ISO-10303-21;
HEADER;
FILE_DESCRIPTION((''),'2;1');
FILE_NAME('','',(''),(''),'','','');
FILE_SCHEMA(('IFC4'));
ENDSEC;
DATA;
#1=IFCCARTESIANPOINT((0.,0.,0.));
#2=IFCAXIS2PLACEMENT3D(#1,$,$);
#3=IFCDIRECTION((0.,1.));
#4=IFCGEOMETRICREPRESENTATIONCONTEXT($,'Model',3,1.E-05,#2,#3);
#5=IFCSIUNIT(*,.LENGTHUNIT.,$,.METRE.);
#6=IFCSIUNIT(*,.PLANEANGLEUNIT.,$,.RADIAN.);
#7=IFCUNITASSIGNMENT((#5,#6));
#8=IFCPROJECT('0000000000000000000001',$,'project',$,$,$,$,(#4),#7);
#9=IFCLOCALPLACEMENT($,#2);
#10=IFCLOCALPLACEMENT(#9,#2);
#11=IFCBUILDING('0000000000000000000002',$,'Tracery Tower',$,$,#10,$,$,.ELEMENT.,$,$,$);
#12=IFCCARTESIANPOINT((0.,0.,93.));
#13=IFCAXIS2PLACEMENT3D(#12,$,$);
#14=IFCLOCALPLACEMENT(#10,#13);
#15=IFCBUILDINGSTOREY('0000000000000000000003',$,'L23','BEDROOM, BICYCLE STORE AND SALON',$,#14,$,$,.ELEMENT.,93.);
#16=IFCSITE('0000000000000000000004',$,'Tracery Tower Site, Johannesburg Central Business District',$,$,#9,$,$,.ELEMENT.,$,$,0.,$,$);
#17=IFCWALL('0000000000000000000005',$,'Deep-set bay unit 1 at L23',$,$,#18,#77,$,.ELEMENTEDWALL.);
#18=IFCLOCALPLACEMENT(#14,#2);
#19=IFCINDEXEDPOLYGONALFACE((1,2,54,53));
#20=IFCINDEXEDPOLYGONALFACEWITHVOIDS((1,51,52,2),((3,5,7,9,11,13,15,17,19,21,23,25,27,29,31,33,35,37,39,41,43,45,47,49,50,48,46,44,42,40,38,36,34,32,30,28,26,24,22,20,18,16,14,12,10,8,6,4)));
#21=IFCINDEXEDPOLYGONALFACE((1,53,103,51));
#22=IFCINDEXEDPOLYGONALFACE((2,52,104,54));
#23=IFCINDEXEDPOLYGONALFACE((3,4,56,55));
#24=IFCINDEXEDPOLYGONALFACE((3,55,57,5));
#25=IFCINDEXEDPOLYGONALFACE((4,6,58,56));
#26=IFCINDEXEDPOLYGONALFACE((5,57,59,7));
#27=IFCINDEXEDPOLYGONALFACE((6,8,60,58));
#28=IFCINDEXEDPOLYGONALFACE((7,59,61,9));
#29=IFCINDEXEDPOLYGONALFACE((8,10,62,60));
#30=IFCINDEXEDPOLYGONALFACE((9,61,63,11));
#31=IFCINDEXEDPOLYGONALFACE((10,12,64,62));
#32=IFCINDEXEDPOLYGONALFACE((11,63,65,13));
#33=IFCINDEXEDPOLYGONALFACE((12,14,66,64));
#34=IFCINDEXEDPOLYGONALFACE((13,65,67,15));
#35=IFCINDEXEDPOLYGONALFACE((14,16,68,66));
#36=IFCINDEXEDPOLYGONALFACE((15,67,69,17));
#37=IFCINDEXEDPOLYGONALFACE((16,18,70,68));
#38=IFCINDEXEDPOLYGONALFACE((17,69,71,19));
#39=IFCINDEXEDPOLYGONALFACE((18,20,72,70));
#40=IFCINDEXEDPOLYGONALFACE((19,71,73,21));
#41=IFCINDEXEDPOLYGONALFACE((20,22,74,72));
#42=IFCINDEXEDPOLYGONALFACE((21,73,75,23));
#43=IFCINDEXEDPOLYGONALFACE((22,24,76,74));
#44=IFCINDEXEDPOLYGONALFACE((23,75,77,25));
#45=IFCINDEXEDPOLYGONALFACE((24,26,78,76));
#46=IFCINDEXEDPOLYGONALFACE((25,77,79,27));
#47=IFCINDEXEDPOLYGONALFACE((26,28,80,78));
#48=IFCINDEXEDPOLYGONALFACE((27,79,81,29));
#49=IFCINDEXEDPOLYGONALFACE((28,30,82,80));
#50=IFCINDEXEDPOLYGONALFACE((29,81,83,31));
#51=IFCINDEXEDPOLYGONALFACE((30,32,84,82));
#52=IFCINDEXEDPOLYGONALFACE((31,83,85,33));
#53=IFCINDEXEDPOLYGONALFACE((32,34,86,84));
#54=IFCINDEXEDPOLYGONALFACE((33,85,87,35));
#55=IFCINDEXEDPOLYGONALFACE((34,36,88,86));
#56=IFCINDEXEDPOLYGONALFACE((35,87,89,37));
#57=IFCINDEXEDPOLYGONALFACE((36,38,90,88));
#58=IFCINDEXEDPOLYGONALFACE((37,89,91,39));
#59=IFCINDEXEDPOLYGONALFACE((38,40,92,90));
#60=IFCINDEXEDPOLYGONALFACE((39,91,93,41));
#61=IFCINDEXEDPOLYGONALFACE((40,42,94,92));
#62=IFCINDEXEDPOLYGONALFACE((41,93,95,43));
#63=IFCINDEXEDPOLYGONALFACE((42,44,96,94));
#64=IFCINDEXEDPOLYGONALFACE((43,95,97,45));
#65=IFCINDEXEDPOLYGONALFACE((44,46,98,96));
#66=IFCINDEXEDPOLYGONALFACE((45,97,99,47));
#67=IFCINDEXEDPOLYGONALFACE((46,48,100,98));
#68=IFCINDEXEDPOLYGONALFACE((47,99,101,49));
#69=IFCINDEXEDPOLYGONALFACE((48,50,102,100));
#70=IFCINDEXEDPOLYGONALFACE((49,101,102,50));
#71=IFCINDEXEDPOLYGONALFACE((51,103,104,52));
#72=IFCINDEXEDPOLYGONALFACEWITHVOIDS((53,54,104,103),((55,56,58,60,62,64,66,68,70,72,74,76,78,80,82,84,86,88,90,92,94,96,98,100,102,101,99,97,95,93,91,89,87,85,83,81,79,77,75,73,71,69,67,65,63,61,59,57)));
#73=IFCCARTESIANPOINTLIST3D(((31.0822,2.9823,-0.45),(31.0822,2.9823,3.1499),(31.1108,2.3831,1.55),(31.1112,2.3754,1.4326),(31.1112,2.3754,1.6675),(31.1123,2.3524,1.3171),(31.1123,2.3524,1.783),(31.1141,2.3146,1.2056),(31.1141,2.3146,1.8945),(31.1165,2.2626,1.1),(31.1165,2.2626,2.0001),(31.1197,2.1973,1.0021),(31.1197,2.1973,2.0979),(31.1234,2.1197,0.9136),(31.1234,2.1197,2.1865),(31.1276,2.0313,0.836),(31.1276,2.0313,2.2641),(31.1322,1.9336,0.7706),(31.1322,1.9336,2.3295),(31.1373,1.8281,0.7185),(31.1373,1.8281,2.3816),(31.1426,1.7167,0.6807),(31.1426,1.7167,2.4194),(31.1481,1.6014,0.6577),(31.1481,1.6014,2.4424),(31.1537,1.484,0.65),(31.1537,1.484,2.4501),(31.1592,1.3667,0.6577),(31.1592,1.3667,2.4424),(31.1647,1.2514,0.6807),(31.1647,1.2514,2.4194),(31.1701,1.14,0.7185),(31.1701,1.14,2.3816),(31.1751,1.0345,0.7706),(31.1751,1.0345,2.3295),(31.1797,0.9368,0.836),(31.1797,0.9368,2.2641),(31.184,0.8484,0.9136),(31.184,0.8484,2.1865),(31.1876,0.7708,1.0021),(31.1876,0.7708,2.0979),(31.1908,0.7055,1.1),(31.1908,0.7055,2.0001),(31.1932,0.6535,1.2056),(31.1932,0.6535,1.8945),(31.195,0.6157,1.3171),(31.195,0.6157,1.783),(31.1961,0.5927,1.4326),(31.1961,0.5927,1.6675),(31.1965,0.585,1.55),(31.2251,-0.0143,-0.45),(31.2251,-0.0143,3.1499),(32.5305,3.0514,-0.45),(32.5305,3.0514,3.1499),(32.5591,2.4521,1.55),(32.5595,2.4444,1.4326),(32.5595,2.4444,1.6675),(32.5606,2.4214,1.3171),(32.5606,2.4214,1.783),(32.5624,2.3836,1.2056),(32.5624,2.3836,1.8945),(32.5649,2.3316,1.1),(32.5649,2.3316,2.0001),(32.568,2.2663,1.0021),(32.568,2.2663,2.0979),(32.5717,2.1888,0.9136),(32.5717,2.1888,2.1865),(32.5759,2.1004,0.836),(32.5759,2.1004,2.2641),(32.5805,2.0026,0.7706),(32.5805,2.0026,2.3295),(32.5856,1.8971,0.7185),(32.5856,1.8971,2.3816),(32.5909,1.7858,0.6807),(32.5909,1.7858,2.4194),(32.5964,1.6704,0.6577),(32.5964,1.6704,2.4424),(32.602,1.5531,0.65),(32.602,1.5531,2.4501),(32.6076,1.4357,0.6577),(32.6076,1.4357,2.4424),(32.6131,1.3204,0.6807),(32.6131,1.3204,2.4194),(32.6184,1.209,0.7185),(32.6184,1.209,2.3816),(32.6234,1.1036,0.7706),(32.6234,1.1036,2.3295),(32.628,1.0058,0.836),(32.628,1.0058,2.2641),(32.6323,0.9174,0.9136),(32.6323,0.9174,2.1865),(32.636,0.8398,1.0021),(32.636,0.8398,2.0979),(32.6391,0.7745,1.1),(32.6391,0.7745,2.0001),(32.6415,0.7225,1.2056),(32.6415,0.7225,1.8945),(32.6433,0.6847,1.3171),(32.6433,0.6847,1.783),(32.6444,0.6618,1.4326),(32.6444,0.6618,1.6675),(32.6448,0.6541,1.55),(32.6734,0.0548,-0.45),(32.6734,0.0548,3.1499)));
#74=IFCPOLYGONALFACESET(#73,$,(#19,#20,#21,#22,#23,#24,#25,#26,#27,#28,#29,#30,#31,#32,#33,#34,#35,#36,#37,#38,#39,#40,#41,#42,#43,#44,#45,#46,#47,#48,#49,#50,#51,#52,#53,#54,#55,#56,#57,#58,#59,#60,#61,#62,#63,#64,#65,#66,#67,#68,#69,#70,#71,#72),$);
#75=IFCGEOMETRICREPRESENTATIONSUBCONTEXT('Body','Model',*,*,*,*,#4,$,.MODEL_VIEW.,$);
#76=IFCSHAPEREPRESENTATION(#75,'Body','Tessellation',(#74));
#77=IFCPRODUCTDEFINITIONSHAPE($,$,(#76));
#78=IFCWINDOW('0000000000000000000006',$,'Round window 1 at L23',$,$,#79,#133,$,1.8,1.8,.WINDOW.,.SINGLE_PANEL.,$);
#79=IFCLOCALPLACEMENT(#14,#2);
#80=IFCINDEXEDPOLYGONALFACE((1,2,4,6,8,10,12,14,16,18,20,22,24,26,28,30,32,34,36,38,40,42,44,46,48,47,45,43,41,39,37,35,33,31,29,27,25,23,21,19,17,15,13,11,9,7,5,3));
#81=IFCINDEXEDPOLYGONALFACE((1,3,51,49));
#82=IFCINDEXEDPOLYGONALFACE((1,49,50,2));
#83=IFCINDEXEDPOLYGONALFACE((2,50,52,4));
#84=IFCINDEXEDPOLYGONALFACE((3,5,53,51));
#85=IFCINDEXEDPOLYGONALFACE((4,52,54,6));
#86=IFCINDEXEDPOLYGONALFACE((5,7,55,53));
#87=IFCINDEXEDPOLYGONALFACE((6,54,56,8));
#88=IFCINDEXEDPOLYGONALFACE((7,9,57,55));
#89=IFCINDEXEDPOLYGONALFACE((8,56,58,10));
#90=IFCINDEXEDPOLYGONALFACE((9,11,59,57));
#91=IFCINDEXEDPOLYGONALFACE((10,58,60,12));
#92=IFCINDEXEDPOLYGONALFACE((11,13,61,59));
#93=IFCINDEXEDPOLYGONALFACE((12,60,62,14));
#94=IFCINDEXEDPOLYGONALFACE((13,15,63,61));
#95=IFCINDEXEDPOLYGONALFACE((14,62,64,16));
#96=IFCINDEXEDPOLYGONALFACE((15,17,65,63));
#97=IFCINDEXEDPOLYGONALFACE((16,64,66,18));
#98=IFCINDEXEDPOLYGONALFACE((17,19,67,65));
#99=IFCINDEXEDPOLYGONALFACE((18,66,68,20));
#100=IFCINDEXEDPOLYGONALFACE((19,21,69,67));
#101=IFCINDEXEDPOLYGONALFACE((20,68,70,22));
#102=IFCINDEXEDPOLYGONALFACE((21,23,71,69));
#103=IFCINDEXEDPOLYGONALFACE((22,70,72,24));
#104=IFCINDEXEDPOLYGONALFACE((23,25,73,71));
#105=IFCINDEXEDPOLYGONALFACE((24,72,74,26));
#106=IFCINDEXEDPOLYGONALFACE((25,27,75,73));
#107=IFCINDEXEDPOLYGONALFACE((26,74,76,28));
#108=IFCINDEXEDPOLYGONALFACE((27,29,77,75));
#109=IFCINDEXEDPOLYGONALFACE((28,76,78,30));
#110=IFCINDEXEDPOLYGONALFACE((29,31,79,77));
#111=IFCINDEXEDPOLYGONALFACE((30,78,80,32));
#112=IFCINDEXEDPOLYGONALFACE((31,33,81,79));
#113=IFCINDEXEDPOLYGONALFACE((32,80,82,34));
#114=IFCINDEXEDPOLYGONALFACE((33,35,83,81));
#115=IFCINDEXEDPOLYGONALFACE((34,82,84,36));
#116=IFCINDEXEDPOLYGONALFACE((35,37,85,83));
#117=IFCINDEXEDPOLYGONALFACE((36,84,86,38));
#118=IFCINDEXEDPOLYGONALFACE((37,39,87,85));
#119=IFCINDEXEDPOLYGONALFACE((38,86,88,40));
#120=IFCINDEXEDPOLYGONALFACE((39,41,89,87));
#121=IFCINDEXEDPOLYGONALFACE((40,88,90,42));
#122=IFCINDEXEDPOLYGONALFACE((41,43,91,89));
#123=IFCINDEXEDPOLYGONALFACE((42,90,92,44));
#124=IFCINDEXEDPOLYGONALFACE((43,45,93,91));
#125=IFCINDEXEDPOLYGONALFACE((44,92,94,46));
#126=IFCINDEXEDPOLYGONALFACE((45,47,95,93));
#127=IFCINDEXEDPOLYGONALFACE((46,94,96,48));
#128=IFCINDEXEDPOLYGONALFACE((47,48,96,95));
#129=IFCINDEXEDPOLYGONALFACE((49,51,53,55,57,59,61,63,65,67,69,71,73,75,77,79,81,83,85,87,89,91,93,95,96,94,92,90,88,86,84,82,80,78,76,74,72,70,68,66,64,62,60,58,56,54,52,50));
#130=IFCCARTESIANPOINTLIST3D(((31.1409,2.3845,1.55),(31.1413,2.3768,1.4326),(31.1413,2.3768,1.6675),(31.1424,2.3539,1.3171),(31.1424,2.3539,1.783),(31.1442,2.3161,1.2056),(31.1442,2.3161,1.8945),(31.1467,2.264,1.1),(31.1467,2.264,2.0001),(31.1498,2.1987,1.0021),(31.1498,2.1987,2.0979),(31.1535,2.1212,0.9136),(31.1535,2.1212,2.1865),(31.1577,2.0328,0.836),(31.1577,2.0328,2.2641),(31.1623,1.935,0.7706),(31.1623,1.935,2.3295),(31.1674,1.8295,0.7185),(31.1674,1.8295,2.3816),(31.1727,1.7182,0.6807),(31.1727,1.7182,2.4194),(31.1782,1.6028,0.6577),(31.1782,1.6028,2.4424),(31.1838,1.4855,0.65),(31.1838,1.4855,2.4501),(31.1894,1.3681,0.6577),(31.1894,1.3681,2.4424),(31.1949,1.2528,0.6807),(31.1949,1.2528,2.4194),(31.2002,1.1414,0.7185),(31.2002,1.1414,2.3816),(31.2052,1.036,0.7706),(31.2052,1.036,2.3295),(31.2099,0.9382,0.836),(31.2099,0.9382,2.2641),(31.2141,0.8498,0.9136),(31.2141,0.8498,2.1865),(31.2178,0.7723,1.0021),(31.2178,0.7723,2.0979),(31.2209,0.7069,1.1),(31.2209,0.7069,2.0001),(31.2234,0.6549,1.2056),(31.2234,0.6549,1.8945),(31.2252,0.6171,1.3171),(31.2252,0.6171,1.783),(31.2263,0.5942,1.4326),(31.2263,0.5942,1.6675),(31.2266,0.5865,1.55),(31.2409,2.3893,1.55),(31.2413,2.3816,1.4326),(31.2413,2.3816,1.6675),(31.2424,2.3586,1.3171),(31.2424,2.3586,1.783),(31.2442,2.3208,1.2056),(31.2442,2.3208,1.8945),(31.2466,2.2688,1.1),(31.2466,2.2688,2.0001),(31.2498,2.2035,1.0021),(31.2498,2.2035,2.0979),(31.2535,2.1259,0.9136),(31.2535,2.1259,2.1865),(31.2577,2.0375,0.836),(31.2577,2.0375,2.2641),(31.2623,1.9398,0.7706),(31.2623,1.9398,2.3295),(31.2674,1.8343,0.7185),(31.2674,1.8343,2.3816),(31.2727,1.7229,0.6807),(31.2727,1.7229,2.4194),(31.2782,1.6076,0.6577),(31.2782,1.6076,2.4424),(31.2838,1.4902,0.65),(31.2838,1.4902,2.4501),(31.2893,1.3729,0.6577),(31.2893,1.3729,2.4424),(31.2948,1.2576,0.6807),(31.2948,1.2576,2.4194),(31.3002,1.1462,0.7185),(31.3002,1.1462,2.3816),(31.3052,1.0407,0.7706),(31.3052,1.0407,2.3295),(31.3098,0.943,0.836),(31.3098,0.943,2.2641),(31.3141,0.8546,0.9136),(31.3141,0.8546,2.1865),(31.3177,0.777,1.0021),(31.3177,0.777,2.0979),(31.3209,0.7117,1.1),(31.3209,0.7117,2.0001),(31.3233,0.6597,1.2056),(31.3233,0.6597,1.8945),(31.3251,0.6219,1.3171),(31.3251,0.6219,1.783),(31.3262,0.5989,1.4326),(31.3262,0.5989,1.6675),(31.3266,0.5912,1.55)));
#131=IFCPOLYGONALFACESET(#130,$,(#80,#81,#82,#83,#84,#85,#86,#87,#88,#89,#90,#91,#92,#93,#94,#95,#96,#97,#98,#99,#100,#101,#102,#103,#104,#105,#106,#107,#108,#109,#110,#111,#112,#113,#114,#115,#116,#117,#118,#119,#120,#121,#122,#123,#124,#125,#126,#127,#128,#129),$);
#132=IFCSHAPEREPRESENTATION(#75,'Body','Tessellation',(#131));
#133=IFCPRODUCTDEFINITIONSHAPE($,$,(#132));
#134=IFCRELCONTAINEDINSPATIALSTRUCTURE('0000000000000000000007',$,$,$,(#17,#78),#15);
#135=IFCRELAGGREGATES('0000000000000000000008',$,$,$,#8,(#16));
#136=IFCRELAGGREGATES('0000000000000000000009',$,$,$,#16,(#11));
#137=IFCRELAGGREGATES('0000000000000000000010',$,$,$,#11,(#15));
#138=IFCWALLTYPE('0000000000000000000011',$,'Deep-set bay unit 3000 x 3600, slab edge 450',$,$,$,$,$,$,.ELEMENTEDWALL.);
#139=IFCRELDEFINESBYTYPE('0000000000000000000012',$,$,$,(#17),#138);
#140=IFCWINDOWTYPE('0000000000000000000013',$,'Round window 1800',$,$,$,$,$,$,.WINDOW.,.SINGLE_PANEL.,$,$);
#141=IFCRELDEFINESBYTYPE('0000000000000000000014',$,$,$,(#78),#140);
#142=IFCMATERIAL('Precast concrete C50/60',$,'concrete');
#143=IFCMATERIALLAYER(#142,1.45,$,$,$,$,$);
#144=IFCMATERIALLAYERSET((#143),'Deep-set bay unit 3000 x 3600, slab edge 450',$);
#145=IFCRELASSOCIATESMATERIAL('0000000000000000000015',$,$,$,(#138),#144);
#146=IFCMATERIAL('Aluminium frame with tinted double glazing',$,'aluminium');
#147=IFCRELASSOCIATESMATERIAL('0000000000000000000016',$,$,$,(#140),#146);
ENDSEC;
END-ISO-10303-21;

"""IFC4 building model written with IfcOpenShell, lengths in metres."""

from ifc_helpers import new_model, si_unit, direction, frame, frame_2d, origin, origin_2d, place, context, subcontext, project, spatial, rectangle, circle, extrude, material, layer, layer_set, type_object, element, fill, save


model = new_model("IFC4")

# Units and contexts
model_context = context("Model", 3, precision=1e-05, world=origin(), true_north=direction((0.0, 1.0)))
body_context = subcontext(model_context, "Body", "Model", "MODEL_VIEW")
ifc_project = project(units=[si_unit("LENGTHUNIT", "METRE"), si_unit("PLANEANGLEUNIT", "RADIAN")], contexts=[model_context])

# Site, building, storey
site_placement = place(None, origin())
site = spatial("IfcSite", under=ifc_project, at=site_placement, Name="Tracery Tower Site, Johannesburg Central Business District", CompositionType="ELEMENT", RefElevation=0.0)
building_placement = place(site_placement, origin())
building = spatial("IfcBuilding", under=site, at=building_placement, Name="Tracery Tower", CompositionType="ELEMENT")
storey_placement = place(building_placement, frame((0.0, 0.0, 93.0)))
storey = spatial("IfcBuildingStorey", under=building, at=storey_placement, Name="L23", Description="BEDROOM, BICYCLE STORE AND SALON", CompositionType="ELEMENT", Elevation=93.0)

# Wall, opening, window
ifc_material_1 = material(Name="Precast concrete C50/60", Category="concrete")
ifc_layer_1 = layer(ifc_material_1, 1.45)
ifc_layer_set_1 = layer_set([ifc_layer_1], Name="Deep-set bay unit 3000 x 3600, slab edge 450")
wall_type_1 = type_object("IfcWallType", Name="Deep-set bay unit 3000 x 3600, slab edge 450", PredefinedType="ELEMENTEDWALL", material=ifc_layer_set_1)
wall_1_placement = place(storey_placement, frame((31.9492, 0.0203, -0.45), z_axis=(0.0, 0.0, 1.0), x_axis=(-0.047608, 0.998866, 0.0)))
wall_1 = element("IfcWall", 1, at=wall_1_placement, inside=storey, type_object=wall_type_1, Name="Deep-set bay unit 1 at L23", PredefinedType="ELEMENTEDWALL", context=body_context, shape_type="SweptSolid", body=[
    extrude(rectangle(XDim=3.0, YDim=1.45, at=frame_2d((1.5, 0.0))), origin(), (0.0, 0.0, 1.0), 3.5999),
])
opening_1_placement = place(wall_1_placement, frame((1.5, 0.0, 2.0)))
opening_1 = element("IfcOpeningElement", 2, at=opening_1_placement, cuts=wall_1, PredefinedType="OPENING", context=body_context, shape_type="SweptSolid", body=[
    extrude(circle(Radius=0.9, at=origin_2d()), frame((0.0, 0.7349, 0.0), z_axis=(0.0, -1.0, 0.0), x_axis=(1.0, 0.0, 0.0)), (0.0, 0.0, 1.0), 1.47),
])
ifc_material_2 = material(Name="Aluminium frame with tinted double glazing", Category="aluminium")
window_type = type_object("IfcWindowType", Name="Round window 1800", PartitioningType="SINGLE_PANEL", PredefinedType="WINDOW", material=ifc_material_2)
window_1_placement = place(opening_1_placement, origin())
window_1 = element("IfcWindow", 3, at=window_1_placement, inside=storey, type_object=window_type, Name="Round window 1 at L23", OverallHeight=1.8, OverallWidth=1.8, PartitioningType="SINGLE_PANEL", PredefinedType="WINDOW", context=body_context, shape_type="SweptSolid", body=[
    extrude(circle(Radius=0.9, at=origin_2d()), frame((0.0, 0.6948, 0.0), z_axis=(0.0, -1.0, 0.0), x_axis=(1.0, 0.0, 0.0)), (0.0, 0.0, 1.0), 0.1001),
])
fill(opening_1, window_1)

save(model, "model.ifc")
